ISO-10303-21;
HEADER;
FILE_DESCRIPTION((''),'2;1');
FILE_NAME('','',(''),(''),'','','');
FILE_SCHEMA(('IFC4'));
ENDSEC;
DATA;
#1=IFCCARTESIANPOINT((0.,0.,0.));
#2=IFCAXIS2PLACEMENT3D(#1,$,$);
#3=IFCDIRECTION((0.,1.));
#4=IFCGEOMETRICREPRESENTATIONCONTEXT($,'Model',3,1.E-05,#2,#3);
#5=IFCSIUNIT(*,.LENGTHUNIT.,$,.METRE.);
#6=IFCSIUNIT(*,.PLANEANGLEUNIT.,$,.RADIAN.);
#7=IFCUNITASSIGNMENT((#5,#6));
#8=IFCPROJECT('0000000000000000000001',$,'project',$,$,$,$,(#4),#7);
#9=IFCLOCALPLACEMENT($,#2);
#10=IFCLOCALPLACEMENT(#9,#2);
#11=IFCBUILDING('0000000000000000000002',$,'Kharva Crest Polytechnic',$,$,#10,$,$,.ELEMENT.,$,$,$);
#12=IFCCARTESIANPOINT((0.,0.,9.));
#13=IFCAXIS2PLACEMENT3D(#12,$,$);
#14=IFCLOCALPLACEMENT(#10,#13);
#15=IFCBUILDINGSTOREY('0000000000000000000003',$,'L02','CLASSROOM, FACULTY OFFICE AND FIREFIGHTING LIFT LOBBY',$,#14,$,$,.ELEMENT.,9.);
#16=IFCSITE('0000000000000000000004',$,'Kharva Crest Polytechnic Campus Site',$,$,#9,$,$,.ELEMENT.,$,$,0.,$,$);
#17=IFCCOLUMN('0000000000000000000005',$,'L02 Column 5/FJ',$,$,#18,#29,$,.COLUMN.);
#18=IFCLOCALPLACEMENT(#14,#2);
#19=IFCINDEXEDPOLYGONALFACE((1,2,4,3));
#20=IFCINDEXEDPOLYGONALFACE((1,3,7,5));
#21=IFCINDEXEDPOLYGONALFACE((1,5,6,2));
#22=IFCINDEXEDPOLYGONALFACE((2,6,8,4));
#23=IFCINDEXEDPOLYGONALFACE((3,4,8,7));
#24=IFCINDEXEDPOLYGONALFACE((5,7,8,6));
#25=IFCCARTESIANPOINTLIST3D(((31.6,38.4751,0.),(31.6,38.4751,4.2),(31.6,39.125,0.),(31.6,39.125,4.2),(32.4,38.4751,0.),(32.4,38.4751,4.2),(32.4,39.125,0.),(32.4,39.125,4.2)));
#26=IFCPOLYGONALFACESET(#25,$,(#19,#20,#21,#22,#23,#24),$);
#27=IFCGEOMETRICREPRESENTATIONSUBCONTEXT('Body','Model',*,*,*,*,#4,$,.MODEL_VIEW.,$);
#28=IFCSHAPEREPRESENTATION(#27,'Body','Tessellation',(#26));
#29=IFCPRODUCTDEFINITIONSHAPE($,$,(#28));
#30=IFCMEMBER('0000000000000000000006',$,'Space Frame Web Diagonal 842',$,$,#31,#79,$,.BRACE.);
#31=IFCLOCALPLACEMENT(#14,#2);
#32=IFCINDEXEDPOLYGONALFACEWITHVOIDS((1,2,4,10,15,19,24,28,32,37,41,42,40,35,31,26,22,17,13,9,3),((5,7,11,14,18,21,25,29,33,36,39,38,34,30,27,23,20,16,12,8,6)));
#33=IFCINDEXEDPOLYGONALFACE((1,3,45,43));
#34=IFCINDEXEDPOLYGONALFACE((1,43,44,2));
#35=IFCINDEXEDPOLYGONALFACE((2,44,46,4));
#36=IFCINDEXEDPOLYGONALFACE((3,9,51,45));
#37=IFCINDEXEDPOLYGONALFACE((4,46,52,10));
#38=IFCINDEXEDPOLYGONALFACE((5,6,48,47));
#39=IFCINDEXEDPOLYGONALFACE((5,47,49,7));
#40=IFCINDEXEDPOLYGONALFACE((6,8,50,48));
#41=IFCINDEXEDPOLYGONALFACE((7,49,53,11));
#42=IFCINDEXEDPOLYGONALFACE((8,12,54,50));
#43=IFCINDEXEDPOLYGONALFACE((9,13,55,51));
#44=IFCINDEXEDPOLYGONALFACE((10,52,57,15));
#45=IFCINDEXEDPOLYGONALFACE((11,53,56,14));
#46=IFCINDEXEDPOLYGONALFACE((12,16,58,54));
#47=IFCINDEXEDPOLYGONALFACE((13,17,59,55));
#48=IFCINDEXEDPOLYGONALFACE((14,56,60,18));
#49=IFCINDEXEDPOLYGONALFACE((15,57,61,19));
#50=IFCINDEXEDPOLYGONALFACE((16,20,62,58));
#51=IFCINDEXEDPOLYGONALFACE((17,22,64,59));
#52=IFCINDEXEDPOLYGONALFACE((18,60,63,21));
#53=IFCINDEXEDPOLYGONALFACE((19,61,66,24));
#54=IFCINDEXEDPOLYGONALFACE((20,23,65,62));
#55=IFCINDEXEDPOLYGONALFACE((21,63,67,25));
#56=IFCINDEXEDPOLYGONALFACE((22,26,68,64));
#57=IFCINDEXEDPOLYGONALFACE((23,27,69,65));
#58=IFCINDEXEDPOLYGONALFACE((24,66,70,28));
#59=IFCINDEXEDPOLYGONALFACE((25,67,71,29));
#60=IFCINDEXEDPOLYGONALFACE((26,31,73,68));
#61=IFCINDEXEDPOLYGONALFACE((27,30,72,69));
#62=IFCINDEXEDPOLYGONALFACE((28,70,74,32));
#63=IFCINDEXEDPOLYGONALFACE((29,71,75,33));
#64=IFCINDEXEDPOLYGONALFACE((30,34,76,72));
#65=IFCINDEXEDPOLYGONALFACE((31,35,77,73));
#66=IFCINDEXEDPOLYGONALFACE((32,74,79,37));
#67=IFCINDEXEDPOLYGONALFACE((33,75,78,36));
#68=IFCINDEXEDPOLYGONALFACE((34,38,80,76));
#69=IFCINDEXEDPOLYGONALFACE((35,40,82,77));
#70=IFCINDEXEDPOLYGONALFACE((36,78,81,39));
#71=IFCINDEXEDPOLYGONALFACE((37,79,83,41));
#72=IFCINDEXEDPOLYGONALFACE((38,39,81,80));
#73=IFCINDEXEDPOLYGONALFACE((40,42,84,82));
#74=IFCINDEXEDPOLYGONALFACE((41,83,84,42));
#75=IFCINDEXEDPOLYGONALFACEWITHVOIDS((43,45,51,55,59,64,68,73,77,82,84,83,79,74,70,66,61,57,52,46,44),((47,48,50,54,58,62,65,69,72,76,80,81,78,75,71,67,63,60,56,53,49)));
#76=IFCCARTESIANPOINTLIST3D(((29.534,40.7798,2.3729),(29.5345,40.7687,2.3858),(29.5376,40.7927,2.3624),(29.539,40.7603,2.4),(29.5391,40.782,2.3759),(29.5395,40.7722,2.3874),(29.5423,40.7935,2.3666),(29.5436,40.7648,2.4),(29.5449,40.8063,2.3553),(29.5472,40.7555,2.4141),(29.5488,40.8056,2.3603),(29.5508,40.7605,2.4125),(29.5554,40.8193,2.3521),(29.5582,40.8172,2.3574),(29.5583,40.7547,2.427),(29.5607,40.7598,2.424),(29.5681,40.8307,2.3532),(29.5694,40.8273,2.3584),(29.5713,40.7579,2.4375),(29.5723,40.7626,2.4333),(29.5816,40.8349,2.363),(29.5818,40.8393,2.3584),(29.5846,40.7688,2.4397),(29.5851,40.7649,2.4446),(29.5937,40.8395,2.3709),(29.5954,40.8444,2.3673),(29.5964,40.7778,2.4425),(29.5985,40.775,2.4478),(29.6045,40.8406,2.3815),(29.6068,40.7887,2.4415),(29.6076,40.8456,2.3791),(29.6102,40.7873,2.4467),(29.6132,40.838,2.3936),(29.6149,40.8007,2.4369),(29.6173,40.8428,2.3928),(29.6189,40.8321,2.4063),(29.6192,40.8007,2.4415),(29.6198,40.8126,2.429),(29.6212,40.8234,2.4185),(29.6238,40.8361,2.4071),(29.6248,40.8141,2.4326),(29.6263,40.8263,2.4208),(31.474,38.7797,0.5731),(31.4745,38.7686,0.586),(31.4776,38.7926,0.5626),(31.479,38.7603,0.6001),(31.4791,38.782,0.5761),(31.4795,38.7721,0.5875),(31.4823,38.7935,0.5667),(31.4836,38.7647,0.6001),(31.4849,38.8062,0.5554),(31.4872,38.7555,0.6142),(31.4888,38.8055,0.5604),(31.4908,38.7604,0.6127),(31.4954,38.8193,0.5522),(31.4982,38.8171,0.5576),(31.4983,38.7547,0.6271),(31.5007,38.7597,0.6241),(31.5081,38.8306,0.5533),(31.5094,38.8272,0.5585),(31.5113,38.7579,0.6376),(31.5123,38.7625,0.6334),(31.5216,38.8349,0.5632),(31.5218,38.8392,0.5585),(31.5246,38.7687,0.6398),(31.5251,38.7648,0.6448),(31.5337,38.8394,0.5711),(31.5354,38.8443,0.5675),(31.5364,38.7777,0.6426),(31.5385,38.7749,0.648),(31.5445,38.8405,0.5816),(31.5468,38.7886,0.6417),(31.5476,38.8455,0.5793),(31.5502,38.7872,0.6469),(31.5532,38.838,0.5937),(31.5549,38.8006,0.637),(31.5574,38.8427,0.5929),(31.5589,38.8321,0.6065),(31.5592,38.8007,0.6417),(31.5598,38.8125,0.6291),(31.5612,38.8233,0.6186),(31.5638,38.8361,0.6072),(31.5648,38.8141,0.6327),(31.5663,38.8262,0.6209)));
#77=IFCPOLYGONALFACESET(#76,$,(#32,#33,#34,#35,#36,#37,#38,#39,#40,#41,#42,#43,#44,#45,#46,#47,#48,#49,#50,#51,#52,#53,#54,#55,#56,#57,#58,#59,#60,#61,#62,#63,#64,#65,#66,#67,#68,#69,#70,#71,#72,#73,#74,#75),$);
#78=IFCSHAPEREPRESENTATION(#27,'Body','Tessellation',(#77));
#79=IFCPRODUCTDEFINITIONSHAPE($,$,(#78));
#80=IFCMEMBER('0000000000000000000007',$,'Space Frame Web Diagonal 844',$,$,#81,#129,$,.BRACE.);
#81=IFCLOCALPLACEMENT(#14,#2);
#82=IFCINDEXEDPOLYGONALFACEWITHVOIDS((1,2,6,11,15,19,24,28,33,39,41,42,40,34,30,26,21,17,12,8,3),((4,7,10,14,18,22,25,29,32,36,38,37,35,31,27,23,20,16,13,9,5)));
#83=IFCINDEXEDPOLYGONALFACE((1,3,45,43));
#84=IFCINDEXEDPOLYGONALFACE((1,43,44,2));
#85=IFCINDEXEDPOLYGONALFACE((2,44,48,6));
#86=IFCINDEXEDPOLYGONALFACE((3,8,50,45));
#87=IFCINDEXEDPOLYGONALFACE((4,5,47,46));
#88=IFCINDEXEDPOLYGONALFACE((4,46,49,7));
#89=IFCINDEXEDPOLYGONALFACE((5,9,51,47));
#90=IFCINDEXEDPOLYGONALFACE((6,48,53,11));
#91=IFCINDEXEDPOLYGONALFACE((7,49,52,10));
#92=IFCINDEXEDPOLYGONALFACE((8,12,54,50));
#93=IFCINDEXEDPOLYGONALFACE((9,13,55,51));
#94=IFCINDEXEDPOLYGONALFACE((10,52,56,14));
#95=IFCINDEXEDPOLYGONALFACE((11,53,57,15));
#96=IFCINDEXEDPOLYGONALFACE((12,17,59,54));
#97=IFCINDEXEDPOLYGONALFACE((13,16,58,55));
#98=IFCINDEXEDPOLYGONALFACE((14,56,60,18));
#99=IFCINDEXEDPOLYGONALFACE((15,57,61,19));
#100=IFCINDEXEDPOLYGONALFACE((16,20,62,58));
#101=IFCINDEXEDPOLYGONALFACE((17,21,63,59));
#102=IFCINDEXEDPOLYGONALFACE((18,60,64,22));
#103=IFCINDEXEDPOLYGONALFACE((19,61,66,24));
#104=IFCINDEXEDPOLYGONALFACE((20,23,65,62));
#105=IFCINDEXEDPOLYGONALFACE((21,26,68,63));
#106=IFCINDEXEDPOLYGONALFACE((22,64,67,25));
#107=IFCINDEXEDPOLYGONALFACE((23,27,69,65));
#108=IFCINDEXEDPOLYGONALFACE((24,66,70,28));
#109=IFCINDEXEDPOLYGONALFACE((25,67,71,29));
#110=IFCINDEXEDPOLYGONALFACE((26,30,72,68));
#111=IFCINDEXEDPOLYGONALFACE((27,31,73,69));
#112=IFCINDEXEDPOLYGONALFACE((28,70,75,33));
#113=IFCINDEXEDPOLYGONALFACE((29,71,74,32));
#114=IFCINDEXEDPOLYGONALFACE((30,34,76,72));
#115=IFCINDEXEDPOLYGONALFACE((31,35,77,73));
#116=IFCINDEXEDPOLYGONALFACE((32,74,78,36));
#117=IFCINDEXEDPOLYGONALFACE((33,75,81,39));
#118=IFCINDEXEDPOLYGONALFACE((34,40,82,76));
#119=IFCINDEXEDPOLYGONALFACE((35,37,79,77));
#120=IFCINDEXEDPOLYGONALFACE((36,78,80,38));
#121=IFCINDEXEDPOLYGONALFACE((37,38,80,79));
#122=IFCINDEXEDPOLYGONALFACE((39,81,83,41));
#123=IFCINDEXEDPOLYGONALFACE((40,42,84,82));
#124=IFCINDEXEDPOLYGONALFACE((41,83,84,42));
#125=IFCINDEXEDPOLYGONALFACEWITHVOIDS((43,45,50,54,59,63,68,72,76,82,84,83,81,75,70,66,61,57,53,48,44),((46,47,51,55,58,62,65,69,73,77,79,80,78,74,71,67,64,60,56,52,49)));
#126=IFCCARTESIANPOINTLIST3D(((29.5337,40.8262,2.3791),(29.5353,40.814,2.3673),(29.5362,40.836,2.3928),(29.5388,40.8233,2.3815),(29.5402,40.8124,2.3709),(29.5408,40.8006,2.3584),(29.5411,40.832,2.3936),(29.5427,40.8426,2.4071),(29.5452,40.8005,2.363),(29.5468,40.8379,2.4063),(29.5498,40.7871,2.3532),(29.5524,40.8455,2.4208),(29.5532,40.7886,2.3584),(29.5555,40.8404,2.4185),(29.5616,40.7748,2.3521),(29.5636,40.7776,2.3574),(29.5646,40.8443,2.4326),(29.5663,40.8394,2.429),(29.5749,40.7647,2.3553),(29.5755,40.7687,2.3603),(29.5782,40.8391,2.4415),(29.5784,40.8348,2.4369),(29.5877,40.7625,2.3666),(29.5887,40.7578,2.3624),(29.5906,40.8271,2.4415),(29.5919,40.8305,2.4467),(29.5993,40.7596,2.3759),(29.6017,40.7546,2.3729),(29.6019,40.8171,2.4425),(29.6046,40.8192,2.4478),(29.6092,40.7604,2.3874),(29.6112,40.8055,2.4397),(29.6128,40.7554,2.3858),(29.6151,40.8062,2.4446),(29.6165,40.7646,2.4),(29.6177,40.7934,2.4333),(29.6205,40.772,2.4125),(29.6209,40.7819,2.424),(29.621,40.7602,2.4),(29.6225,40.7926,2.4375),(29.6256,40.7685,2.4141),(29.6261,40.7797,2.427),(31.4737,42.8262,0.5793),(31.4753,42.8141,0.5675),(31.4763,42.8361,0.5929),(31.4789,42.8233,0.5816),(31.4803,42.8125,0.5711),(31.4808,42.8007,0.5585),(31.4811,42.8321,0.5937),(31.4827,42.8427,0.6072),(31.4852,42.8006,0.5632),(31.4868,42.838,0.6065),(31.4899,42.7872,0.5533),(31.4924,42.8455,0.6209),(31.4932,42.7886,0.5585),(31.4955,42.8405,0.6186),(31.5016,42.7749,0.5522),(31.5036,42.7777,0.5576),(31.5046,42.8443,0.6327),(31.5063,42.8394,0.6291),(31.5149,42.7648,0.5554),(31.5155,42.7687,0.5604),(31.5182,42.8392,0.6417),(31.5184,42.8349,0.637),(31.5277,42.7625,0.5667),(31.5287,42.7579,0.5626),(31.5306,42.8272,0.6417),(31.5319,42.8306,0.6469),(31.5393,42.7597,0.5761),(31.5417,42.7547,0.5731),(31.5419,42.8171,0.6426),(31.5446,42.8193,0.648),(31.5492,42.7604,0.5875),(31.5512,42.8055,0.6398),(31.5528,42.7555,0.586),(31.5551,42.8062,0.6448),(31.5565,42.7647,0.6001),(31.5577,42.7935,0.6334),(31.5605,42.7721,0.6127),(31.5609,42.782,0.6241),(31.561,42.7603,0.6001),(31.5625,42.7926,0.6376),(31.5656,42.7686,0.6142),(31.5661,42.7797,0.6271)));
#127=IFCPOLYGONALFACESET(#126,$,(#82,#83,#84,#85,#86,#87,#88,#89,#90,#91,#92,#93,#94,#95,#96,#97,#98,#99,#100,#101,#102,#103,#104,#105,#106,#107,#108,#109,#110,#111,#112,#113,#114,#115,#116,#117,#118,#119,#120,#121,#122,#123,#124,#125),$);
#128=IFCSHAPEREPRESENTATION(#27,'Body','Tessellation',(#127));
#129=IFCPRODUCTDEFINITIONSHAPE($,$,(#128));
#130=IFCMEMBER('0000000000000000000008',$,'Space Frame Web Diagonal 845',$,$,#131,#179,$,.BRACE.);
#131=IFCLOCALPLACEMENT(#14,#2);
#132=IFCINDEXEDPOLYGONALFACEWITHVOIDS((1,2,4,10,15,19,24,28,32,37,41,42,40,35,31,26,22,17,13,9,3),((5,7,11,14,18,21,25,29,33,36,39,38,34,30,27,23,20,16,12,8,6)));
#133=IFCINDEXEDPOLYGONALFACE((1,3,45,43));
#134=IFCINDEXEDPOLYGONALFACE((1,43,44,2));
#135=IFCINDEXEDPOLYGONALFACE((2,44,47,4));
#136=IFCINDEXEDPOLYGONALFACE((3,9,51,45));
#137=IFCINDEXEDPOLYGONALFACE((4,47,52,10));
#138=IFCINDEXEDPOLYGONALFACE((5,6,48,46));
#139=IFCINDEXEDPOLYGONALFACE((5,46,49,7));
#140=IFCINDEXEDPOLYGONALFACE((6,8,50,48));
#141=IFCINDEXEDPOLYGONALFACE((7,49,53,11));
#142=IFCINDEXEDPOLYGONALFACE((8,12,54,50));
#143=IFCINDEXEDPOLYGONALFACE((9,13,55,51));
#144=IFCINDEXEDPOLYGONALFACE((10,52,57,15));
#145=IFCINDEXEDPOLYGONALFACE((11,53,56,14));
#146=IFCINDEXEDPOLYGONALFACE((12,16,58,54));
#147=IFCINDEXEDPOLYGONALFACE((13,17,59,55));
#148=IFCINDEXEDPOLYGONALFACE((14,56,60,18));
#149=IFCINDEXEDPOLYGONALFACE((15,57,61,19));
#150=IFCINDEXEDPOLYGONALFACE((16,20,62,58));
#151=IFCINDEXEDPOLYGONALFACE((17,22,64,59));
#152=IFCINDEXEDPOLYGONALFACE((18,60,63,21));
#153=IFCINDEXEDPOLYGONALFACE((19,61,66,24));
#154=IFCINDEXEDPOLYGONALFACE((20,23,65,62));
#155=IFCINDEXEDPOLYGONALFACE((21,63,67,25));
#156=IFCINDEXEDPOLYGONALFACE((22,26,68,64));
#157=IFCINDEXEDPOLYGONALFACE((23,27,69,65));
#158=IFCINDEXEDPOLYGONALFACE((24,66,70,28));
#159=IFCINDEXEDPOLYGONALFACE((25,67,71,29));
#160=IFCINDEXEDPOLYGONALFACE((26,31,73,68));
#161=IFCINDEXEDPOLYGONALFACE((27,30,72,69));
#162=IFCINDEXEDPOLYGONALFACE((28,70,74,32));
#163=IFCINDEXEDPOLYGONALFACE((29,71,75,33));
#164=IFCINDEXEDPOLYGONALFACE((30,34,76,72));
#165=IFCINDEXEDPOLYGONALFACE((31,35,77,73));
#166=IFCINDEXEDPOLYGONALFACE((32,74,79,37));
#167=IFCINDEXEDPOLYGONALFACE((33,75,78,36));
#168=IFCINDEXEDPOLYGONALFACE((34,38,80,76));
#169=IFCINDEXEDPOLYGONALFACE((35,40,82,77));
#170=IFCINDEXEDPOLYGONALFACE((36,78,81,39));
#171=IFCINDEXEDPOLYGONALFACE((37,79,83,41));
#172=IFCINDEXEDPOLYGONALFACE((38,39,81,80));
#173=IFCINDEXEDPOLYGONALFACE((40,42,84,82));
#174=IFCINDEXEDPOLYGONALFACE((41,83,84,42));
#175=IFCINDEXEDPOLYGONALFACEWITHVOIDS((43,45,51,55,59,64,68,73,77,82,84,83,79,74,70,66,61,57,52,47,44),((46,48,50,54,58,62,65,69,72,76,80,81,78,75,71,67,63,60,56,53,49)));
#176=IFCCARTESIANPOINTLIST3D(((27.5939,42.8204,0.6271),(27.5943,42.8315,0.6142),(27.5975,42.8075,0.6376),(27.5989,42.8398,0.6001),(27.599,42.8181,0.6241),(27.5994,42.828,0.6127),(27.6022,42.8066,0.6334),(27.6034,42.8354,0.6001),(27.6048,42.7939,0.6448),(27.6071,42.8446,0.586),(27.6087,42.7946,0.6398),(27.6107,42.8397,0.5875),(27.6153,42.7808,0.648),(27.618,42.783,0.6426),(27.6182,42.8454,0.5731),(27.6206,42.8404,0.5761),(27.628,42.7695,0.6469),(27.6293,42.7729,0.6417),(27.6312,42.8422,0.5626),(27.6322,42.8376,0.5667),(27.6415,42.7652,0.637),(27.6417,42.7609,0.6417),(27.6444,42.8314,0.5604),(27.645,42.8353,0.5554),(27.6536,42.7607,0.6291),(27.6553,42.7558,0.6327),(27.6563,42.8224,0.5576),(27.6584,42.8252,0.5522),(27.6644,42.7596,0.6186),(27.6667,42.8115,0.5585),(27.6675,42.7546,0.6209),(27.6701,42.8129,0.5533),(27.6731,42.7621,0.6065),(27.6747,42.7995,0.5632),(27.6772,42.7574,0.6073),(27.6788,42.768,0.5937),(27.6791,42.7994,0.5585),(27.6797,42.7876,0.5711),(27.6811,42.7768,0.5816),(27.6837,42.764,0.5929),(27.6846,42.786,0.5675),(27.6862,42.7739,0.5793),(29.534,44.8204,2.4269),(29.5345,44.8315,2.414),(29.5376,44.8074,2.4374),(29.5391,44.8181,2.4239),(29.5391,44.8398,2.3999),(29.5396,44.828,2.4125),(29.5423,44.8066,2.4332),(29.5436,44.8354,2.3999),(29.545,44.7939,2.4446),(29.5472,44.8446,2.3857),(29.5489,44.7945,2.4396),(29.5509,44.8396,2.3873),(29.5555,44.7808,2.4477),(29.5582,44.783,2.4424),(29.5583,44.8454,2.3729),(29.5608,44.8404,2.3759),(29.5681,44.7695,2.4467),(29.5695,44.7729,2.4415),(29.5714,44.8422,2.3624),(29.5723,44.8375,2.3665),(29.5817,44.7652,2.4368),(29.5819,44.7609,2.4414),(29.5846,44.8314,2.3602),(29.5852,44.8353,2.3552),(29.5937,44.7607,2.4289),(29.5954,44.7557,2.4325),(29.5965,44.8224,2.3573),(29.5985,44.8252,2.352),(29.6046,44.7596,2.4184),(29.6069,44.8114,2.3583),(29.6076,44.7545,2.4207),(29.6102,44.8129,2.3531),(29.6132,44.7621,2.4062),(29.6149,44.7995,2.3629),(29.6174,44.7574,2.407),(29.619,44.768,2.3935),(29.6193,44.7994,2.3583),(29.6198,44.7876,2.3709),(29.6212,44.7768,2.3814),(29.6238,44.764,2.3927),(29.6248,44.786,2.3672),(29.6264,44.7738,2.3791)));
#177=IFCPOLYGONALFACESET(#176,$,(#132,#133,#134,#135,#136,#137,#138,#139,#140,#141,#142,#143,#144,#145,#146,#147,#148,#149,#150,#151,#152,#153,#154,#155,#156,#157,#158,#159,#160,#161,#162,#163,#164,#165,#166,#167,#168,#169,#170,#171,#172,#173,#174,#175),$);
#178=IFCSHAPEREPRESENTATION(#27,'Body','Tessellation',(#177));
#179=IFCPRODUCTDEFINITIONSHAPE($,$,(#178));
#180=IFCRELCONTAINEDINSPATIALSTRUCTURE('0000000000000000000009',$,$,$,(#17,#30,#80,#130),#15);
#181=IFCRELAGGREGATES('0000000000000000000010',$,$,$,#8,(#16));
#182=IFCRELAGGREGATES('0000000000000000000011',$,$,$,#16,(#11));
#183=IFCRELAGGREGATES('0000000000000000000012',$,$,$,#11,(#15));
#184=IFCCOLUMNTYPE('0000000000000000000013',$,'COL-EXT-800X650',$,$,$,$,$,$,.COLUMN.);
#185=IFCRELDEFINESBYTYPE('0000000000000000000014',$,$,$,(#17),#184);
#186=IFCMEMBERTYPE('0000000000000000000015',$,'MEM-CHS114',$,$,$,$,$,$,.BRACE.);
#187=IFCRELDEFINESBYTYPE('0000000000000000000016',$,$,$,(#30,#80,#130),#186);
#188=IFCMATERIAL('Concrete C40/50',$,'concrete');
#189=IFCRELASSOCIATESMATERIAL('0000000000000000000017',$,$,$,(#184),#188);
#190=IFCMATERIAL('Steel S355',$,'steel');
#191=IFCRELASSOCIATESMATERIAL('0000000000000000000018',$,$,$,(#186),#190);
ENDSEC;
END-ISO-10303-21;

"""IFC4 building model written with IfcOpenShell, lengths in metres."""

from ifc_helpers import new_model, si_unit, direction, frame, origin, origin_2d, place, context, subcontext, project, spatial, rectangle, hollow_circle, extrude, material, material_profile, profile_set, type_object, element, save


model = new_model("IFC4")

# Units and contexts
model_context = context("Model", 3, precision=1e-05, world=origin(), true_north=direction((0.0, 1.0)))
body_context = subcontext(model_context, "Body", "Model", "MODEL_VIEW")
ifc_project = project(units=[si_unit("LENGTHUNIT", "METRE"), si_unit("PLANEANGLEUNIT", "RADIAN")], contexts=[model_context])

# Site, building, storey
site_placement = place(None, origin())
site = spatial("IfcSite", under=ifc_project, at=site_placement, Name="Kharva Crest Polytechnic Campus Site", CompositionType="ELEMENT", RefElevation=0.0)
building_placement = place(site_placement, origin())
building = spatial("IfcBuilding", under=site, at=building_placement, Name="Kharva Crest Polytechnic", CompositionType="ELEMENT")
storey_placement = place(building_placement, frame((0.0, 0.0, 9.0)))
storey = spatial("IfcBuildingStorey", under=building, at=storey_placement, Name="L02", Description="CLASSROOM, FACULTY OFFICE AND FIREFIGHTING LIFT LOBBY", CompositionType="ELEMENT", Elevation=9.0)

# Column
ifc_material_1 = material(Name="Concrete C40/50", Category="concrete")
ifc_material_profile_1 = material_profile(ifc_material_1, rectangle(XDim=0.8, YDim=0.6499, at=origin_2d()), Name="RECT 800 X 650")
ifc_profile_set_1 = profile_set([ifc_material_profile_1], Name="Concrete C40/50")
column_type = type_object("IfcColumnType", Name="COL-EXT-800X650", PredefinedType="COLUMN", material=ifc_profile_set_1)
column_placement = place(storey_placement, frame((32.0, 38.8, 0.0), z_axis=(0.0, 0.0, 1.0), x_axis=(1.0, 0.0, 0.0)))
element("IfcColumn", 1, at=column_placement, inside=storey, type_object=column_type, Name="L02 Column 5/FJ", PredefinedType="COLUMN", context=body_context, shape_type="SweptSolid", body=[
    extrude(rectangle(XDim=0.8, YDim=0.6499, at=origin_2d()), origin(), (0.0, 0.0, 1.0), 4.2),
])

# Members
ifc_material_2 = material(Name="Steel S355", Category="steel")
ifc_material_profile_2 = material_profile(ifc_material_2, hollow_circle(Radius=0.0571, WallThickness=0.0063, at=origin_2d()), Name="CHS 114.3X6.3")
ifc_profile_set_2 = profile_set([ifc_material_profile_2], Name="Steel S355")
member_type_1 = type_object("IfcMemberType", Name="MEM-CHS114", PredefinedType="BRACE", material=ifc_profile_set_2)
for number, where, z_axis, x_axis, name in (
    (2, (31.52, 38.8, 0.6001), (-0.584843, 0.60295, 0.542596), (-0.717802, -0.696247, 0.0), "Space Frame Web Diagonal 842"),
    (3, (31.52, 42.8, 0.6001), (-0.584843, -0.60295, 0.542596), (0.717802, -0.696247, 0.0), "Space Frame Web Diagonal 844"),
    (4, (27.6399, 42.8, 0.6001), (0.584892, 0.602924, 0.542572), (-0.717758, 0.696292, 0.0), "Space Frame Web Diagonal 845"),
):
    element("IfcMember", number, at=place(storey_placement, frame(where, z_axis=z_axis, x_axis=x_axis)), inside=storey, type_object=member_type_1, Name=name, PredefinedType="BRACE", context=body_context, shape_type="SweptSolid", body=[
        extrude(hollow_circle(Radius=0.0571, WallThickness=0.0063, at=origin_2d()), origin(), (0.0, 0.0, 1.0), 3.3171),
    ])

save(model, "model.ifc")
